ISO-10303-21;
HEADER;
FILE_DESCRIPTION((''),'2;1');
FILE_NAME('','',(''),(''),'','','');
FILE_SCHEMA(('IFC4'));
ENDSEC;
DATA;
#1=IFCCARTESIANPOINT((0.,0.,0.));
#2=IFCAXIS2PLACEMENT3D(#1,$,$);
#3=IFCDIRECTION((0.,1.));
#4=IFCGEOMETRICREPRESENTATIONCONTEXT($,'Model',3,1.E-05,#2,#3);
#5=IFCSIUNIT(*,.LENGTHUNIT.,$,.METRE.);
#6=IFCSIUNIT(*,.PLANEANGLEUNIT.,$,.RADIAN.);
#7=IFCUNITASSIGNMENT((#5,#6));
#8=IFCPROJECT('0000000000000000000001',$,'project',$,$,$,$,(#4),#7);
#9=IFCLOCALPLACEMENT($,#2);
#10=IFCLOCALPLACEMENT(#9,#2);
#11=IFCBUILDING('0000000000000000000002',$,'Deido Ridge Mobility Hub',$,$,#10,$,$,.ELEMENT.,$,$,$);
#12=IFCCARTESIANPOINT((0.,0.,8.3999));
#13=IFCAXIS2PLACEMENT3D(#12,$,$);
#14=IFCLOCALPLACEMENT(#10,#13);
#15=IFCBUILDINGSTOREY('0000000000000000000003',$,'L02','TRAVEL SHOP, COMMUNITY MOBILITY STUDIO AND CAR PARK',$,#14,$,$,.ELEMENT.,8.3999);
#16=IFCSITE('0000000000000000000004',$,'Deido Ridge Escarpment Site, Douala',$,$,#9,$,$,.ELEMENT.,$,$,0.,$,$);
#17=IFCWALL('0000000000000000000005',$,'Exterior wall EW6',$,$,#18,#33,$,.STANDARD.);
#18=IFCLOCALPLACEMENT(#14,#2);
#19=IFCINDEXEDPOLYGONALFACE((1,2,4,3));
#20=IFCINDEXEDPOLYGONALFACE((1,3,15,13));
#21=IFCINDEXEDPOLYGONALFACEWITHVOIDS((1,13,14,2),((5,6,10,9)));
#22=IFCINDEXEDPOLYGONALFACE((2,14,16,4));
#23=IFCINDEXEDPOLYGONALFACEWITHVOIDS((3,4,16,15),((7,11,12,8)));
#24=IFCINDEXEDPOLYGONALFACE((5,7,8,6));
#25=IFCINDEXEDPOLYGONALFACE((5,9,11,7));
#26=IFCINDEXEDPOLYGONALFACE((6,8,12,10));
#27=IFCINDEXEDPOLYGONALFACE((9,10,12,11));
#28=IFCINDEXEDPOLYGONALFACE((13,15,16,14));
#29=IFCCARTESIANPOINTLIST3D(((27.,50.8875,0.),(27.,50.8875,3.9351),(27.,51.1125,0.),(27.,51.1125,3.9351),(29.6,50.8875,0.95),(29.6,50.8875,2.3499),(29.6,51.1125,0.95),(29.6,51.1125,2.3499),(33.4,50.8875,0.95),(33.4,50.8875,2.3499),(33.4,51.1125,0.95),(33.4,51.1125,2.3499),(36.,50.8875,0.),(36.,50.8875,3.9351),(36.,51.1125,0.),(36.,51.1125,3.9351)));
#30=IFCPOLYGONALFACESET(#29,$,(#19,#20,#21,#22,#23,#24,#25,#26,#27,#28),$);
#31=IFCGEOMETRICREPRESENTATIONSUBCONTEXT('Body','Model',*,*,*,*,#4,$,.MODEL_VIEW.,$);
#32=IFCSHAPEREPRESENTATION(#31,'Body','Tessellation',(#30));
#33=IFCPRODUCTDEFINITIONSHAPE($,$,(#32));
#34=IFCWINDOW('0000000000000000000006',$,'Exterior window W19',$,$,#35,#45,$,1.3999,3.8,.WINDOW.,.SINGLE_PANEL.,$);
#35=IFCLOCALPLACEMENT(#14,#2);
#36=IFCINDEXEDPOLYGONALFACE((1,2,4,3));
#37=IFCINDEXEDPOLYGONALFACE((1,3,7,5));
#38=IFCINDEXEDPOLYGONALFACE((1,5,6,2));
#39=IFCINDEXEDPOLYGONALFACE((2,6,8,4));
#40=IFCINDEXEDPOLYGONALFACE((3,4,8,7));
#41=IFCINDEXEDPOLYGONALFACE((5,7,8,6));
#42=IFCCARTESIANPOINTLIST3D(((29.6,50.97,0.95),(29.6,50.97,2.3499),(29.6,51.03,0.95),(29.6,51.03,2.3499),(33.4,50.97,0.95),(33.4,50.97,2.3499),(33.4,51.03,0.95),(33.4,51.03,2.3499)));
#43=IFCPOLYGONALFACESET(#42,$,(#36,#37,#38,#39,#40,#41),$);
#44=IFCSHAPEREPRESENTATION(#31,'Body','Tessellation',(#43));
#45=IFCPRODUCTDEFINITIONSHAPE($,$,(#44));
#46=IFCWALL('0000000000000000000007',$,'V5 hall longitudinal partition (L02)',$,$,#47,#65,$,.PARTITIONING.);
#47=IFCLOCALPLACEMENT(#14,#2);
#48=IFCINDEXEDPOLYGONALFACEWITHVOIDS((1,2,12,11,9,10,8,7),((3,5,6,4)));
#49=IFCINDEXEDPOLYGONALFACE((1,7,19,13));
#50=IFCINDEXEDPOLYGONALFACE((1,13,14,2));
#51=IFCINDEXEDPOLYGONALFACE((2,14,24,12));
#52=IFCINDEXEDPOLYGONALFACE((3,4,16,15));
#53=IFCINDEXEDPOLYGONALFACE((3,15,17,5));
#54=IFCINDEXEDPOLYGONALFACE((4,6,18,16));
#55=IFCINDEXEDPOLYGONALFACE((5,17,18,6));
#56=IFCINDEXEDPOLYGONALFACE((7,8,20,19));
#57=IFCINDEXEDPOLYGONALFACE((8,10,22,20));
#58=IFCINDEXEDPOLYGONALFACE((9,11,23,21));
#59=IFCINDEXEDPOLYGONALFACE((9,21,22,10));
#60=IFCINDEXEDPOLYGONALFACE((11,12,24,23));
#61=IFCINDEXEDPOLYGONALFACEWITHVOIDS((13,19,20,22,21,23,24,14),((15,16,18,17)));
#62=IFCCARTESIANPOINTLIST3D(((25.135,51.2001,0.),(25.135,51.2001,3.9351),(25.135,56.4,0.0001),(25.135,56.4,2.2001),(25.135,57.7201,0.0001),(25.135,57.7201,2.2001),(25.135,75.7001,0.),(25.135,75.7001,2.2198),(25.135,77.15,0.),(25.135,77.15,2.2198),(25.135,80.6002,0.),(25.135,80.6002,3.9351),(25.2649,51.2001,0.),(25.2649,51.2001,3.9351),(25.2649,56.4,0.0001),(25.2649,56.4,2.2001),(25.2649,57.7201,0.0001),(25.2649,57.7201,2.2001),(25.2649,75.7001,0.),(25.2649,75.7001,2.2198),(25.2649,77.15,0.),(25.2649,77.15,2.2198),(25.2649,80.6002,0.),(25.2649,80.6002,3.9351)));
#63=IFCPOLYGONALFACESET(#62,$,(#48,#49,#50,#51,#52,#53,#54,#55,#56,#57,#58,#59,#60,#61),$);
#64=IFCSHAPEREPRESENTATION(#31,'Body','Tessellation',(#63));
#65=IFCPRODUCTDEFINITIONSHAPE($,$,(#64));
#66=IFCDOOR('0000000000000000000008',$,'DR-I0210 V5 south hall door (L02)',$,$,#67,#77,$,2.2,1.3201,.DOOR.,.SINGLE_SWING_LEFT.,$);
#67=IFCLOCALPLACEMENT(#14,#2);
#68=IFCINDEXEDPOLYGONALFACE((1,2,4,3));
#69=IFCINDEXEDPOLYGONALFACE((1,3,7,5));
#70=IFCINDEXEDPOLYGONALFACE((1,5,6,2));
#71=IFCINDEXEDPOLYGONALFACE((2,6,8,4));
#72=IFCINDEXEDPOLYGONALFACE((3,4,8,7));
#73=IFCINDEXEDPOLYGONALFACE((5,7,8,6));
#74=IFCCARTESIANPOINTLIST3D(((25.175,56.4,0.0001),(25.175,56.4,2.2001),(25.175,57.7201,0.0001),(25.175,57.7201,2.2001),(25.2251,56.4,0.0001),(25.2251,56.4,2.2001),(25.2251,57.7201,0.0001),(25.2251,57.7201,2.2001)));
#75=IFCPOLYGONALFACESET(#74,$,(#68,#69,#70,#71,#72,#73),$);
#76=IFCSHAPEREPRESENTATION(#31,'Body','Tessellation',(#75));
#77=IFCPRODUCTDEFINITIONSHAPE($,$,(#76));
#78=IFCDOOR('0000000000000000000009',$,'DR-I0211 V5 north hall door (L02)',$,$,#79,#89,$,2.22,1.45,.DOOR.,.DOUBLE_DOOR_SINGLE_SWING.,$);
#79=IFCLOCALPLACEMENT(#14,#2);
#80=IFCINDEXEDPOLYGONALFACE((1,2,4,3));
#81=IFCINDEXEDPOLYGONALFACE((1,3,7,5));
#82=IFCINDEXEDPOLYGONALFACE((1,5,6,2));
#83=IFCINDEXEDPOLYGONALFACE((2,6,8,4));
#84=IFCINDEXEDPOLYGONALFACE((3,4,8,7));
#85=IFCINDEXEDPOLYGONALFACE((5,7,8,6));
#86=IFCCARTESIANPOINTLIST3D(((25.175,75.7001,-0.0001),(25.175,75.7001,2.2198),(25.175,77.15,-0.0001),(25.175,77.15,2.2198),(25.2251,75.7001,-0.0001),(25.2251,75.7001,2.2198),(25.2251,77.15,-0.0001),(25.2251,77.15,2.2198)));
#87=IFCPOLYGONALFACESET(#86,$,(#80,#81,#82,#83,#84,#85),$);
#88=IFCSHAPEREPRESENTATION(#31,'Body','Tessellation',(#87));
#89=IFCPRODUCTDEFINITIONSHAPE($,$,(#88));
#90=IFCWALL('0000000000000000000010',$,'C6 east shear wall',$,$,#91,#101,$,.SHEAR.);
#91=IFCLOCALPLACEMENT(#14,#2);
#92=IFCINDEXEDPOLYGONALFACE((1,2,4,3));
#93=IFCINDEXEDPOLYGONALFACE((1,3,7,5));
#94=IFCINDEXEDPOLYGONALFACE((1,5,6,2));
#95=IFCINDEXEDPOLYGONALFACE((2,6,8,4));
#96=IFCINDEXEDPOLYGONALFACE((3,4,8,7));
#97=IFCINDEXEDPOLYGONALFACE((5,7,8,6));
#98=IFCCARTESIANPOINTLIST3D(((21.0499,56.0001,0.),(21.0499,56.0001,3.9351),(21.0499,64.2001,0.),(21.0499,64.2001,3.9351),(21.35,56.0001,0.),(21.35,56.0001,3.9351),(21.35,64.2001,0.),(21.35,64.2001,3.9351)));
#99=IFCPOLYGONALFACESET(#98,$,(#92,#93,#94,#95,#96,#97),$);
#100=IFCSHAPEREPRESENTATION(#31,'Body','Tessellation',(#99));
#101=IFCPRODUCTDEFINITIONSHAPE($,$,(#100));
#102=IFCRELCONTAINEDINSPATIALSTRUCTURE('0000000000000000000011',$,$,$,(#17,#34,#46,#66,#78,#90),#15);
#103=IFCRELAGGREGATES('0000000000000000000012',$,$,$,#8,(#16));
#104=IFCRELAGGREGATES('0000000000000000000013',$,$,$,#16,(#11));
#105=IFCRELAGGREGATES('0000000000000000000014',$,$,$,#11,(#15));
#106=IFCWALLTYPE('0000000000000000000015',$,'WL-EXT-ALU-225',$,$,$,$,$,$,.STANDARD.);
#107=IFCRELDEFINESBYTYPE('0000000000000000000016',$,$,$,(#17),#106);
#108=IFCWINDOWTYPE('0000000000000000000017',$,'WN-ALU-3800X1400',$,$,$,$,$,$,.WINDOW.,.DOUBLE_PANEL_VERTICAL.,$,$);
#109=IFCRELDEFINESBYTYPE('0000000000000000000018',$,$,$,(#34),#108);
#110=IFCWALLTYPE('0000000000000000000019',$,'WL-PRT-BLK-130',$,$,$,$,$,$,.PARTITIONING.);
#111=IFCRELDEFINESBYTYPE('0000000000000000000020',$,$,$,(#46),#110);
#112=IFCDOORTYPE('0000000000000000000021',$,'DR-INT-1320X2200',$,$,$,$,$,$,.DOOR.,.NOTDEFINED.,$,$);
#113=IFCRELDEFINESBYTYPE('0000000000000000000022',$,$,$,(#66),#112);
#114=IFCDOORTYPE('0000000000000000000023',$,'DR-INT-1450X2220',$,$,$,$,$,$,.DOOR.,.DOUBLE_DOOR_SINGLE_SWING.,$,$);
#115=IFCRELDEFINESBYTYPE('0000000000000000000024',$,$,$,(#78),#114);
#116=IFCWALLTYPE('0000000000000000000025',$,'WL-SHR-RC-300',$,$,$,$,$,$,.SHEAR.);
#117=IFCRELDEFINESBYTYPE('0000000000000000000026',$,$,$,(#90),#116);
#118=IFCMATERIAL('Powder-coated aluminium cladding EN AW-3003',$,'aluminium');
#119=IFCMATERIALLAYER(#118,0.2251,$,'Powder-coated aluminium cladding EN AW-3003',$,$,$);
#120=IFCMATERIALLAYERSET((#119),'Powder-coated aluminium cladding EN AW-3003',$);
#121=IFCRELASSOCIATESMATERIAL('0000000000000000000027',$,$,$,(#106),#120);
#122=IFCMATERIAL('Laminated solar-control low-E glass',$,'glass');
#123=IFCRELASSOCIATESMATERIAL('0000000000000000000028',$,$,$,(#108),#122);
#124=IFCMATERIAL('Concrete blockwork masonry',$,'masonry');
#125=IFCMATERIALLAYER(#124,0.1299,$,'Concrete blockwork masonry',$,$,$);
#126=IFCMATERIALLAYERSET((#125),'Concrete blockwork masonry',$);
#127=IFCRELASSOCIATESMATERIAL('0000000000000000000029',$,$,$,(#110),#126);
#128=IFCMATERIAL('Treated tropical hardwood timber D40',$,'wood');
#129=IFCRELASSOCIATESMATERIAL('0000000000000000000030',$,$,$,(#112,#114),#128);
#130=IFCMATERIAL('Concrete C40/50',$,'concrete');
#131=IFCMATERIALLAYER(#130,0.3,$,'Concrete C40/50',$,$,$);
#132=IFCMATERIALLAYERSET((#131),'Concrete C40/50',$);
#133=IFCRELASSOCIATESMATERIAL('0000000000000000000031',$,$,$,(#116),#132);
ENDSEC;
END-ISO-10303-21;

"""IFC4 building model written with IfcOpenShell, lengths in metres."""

from ifc_helpers import new_model, si_unit, direction, frame, frame_2d, origin, place, context, subcontext, project, spatial, rectangle, extrude, material, layer, layer_set, type_object, element, fill, save


model = new_model("IFC4")

# Units and contexts
model_context = context("Model", 3, precision=1e-05, world=origin(), true_north=direction((0.0, 1.0)))
body_context = subcontext(model_context, "Body", "Model", "MODEL_VIEW")
ifc_project = project(units=[si_unit("LENGTHUNIT", "METRE"), si_unit("PLANEANGLEUNIT", "RADIAN")], contexts=[model_context])

# Site, building, storey
site_placement = place(None, origin())
site = spatial("IfcSite", under=ifc_project, at=site_placement, Name="Deido Ridge Escarpment Site, Douala", CompositionType="ELEMENT", RefElevation=0.0)
building_placement = place(site_placement, origin())
building = spatial("IfcBuilding", under=site, at=building_placement, Name="Deido Ridge Mobility Hub", CompositionType="ELEMENT")
storey_placement = place(building_placement, frame((0.0, 0.0, 8.3999)))
storey = spatial("IfcBuildingStorey", under=building, at=storey_placement, Name="L02", Description="TRAVEL SHOP, COMMUNITY MOBILITY STUDIO AND CAR PARK", CompositionType="ELEMENT", Elevation=8.3999)

# Shared definitions
ifc_material_1 = material(Name="Laminated solar-control low-E glass", Category="glass")

# Wall, opening, window
ifc_material_2 = material(Name="Powder-coated aluminium cladding EN AW-3003", Category="aluminium")
ifc_layer_1 = layer(ifc_material_2, 0.2251, Name="Powder-coated aluminium cladding EN AW-3003")
ifc_layer_set_1 = layer_set([ifc_layer_1], Name="Powder-coated aluminium cladding EN AW-3003")
wall_type_1 = type_object("IfcWallType", Name="WL-EXT-ALU-225", PredefinedType="STANDARD", material=ifc_layer_set_1)
wall_1_placement = place(storey_placement, frame((27.0, 51.0, 0.0), z_axis=(0.0, 0.0, 1.0), x_axis=(1.0, 0.0, 0.0)))
wall_1 = element("IfcWall", 1, at=wall_1_placement, inside=storey, type_object=wall_type_1, Name="Exterior wall EW6", PredefinedType="STANDARD", context=body_context, shape_type="SweptSolid", body=[
    extrude(rectangle(XDim=9.0, YDim=0.2251, at=frame_2d((4.5, 0.0))), origin(), (0.0, 0.0, 1.0), 3.9351),
])
opening_1_placement = place(wall_1_placement, frame((2.6001, 0.0, 0.95)))
opening_1 = element("IfcOpeningElement", 2, at=opening_1_placement, cuts=wall_1, PredefinedType="OPENING", context=body_context, shape_type="SweptSolid", body=[
    extrude(rectangle(XDim=3.8, YDim=1.3999, at=frame_2d((1.8999, 0.7))), frame((0.0, 0.1226, 0.0), z_axis=(0.0, -1.0, 0.0), x_axis=(1.0, 0.0, 0.0)), (0.0, 0.0, 1.0), 0.2451),
])
window_type = type_object("IfcWindowType", Name="WN-ALU-3800X1400", PartitioningType="DOUBLE_PANEL_VERTICAL", PredefinedType="WINDOW", material=ifc_material_1)
window_placement = place(opening_1_placement, origin())
window = element("IfcWindow", 3, at=window_placement, inside=storey, type_object=window_type, Name="Exterior window W19", OverallHeight=1.3999, OverallWidth=3.8, PartitioningType="SINGLE_PANEL", PredefinedType="WINDOW", context=body_context, shape_type="SweptSolid", body=[
    extrude(rectangle(XDim=3.8, YDim=1.3999, at=frame_2d((1.8999, 0.7))), frame((0.0, 0.03, 0.0), z_axis=(0.0, -1.0, 0.0), x_axis=(1.0, 0.0, 0.0)), (0.0, 0.0, 1.0), 0.0601),
])
fill(opening_1, window)

# Wall, openings, doors
ifc_material_3 = material(Name="Concrete blockwork masonry", Category="masonry")
ifc_layer_2 = layer(ifc_material_3, 0.1299, Name="Concrete blockwork masonry")
ifc_layer_set_2 = layer_set([ifc_layer_2], Name="Concrete blockwork masonry")
wall_type_2 = type_object("IfcWallType", Name="WL-PRT-BLK-130", PredefinedType="PARTITIONING", material=ifc_layer_set_2)
wall_2_placement = place(storey_placement, frame((25.2, 51.2, 0.0), z_axis=(0.0, 0.0, 1.0), x_axis=(0.0, 1.0, 0.0)))
wall_2 = element("IfcWall", 4, at=wall_2_placement, inside=storey, type_object=wall_type_2, Name="V5 hall longitudinal partition (L02)", PredefinedType="PARTITIONING", context=body_context, shape_type="SweptSolid", body=[
    extrude(rectangle(XDim=29.4001, YDim=0.1299, at=frame_2d((14.7002, 0.0))), origin(), (0.0, 0.0, 1.0), 3.9351),
])
opening_2_placement = place(wall_2_placement, frame((5.2, 0.0, 0.0)))
opening_2 = element("IfcOpeningElement", 5, at=opening_2_placement, cuts=wall_2, PredefinedType="OPENING", context=body_context, shape_type="SweptSolid", body=[
    extrude(rectangle(XDim=1.3201, YDim=2.2, at=frame_2d((0.6602, 1.1001))), frame((0.0, 0.075, 0.0), z_axis=(0.0, -1.0, 0.0), x_axis=(1.0, 0.0, 0.0)), (0.0, 0.0, 1.0), 0.1499),
])
opening_3_placement = place(wall_2_placement, frame((24.5, 0.0, 0.0)))
opening_3 = element("IfcOpeningElement", 6, at=opening_3_placement, cuts=wall_2, PredefinedType="OPENING", context=body_context, shape_type="SweptSolid", body=[
    extrude(rectangle(XDim=1.45, YDim=2.22, at=frame_2d((0.7251, 1.1099))), frame((0.0, 0.075, 0.0), z_axis=(0.0, -1.0, 0.0), x_axis=(1.0, 0.0, 0.0)), (0.0, 0.0, 1.0), 0.1499),
])
ifc_material_4 = material(Name="Treated tropical hardwood timber D40", Category="wood")
door_type_1 = type_object("IfcDoorType", Name="DR-INT-1320X2200", OperationType="NOTDEFINED", PredefinedType="DOOR", material=ifc_material_4)
door_1_placement = place(opening_2_placement, origin())
door_1 = element("IfcDoor", 7, at=door_1_placement, inside=storey, type_object=door_type_1, Name="DR-I0210 V5 south hall door (L02)", OperationType="SINGLE_SWING_LEFT", OverallHeight=2.2, OverallWidth=1.3201, PredefinedType="DOOR", context=body_context, shape_type="SweptSolid", body=[
    extrude(rectangle(XDim=1.3201, YDim=2.2, at=frame_2d((0.6602, 1.1001))), frame((0.0, 0.0249, 0.0), z_axis=(0.0, -1.0, 0.0), x_axis=(1.0, 0.0, 0.0)), (0.0, 0.0, 1.0), 0.05),
])
fill(opening_2, door_1)
door_type_2 = type_object("IfcDoorType", Name="DR-INT-1450X2220", OperationType="DOUBLE_DOOR_SINGLE_SWING", PredefinedType="DOOR", material=ifc_material_4)
door_2_placement = place(opening_3_placement, origin())
door_2 = element("IfcDoor", 8, at=door_2_placement, inside=storey, type_object=door_type_2, Name="DR-I0211 V5 north hall door (L02)", OperationType="DOUBLE_DOOR_SINGLE_SWING", OverallHeight=2.22, OverallWidth=1.45, PredefinedType="DOOR", context=body_context, shape_type="SweptSolid", body=[
    extrude(rectangle(XDim=1.45, YDim=2.22, at=frame_2d((0.7251, 1.1099))), frame((0.0, 0.0249, 0.0), z_axis=(0.0, -1.0, 0.0), x_axis=(1.0, 0.0, 0.0)), (0.0, 0.0, 1.0), 0.05),
])
fill(opening_3, door_2)

# Wall
ifc_material_5 = material(Name="Concrete C40/50", Category="concrete")
ifc_layer_3 = layer(ifc_material_5, 0.3, Name="Concrete C40/50")
ifc_layer_set_3 = layer_set([ifc_layer_3], Name="Concrete C40/50")
wall_type_3 = type_object("IfcWallType", Name="WL-SHR-RC-300", PredefinedType="SHEAR", material=ifc_layer_set_3)
wall_3_placement = place(storey_placement, frame((21.2, 56.0, 0.0), z_axis=(0.0, 0.0, 1.0), x_axis=(0.0, 1.0, 0.0)))
element("IfcWall", 9, at=wall_3_placement, inside=storey, type_object=wall_type_3, Name="C6 east shear wall", PredefinedType="SHEAR", context=body_context, shape_type="SweptSolid", body=[
    extrude(rectangle(XDim=8.2, YDim=0.3, at=frame_2d((4.1001, 0.0))), origin(), (0.0, 0.0, 1.0), 3.9351),
])

save(model, "model.ifc")
